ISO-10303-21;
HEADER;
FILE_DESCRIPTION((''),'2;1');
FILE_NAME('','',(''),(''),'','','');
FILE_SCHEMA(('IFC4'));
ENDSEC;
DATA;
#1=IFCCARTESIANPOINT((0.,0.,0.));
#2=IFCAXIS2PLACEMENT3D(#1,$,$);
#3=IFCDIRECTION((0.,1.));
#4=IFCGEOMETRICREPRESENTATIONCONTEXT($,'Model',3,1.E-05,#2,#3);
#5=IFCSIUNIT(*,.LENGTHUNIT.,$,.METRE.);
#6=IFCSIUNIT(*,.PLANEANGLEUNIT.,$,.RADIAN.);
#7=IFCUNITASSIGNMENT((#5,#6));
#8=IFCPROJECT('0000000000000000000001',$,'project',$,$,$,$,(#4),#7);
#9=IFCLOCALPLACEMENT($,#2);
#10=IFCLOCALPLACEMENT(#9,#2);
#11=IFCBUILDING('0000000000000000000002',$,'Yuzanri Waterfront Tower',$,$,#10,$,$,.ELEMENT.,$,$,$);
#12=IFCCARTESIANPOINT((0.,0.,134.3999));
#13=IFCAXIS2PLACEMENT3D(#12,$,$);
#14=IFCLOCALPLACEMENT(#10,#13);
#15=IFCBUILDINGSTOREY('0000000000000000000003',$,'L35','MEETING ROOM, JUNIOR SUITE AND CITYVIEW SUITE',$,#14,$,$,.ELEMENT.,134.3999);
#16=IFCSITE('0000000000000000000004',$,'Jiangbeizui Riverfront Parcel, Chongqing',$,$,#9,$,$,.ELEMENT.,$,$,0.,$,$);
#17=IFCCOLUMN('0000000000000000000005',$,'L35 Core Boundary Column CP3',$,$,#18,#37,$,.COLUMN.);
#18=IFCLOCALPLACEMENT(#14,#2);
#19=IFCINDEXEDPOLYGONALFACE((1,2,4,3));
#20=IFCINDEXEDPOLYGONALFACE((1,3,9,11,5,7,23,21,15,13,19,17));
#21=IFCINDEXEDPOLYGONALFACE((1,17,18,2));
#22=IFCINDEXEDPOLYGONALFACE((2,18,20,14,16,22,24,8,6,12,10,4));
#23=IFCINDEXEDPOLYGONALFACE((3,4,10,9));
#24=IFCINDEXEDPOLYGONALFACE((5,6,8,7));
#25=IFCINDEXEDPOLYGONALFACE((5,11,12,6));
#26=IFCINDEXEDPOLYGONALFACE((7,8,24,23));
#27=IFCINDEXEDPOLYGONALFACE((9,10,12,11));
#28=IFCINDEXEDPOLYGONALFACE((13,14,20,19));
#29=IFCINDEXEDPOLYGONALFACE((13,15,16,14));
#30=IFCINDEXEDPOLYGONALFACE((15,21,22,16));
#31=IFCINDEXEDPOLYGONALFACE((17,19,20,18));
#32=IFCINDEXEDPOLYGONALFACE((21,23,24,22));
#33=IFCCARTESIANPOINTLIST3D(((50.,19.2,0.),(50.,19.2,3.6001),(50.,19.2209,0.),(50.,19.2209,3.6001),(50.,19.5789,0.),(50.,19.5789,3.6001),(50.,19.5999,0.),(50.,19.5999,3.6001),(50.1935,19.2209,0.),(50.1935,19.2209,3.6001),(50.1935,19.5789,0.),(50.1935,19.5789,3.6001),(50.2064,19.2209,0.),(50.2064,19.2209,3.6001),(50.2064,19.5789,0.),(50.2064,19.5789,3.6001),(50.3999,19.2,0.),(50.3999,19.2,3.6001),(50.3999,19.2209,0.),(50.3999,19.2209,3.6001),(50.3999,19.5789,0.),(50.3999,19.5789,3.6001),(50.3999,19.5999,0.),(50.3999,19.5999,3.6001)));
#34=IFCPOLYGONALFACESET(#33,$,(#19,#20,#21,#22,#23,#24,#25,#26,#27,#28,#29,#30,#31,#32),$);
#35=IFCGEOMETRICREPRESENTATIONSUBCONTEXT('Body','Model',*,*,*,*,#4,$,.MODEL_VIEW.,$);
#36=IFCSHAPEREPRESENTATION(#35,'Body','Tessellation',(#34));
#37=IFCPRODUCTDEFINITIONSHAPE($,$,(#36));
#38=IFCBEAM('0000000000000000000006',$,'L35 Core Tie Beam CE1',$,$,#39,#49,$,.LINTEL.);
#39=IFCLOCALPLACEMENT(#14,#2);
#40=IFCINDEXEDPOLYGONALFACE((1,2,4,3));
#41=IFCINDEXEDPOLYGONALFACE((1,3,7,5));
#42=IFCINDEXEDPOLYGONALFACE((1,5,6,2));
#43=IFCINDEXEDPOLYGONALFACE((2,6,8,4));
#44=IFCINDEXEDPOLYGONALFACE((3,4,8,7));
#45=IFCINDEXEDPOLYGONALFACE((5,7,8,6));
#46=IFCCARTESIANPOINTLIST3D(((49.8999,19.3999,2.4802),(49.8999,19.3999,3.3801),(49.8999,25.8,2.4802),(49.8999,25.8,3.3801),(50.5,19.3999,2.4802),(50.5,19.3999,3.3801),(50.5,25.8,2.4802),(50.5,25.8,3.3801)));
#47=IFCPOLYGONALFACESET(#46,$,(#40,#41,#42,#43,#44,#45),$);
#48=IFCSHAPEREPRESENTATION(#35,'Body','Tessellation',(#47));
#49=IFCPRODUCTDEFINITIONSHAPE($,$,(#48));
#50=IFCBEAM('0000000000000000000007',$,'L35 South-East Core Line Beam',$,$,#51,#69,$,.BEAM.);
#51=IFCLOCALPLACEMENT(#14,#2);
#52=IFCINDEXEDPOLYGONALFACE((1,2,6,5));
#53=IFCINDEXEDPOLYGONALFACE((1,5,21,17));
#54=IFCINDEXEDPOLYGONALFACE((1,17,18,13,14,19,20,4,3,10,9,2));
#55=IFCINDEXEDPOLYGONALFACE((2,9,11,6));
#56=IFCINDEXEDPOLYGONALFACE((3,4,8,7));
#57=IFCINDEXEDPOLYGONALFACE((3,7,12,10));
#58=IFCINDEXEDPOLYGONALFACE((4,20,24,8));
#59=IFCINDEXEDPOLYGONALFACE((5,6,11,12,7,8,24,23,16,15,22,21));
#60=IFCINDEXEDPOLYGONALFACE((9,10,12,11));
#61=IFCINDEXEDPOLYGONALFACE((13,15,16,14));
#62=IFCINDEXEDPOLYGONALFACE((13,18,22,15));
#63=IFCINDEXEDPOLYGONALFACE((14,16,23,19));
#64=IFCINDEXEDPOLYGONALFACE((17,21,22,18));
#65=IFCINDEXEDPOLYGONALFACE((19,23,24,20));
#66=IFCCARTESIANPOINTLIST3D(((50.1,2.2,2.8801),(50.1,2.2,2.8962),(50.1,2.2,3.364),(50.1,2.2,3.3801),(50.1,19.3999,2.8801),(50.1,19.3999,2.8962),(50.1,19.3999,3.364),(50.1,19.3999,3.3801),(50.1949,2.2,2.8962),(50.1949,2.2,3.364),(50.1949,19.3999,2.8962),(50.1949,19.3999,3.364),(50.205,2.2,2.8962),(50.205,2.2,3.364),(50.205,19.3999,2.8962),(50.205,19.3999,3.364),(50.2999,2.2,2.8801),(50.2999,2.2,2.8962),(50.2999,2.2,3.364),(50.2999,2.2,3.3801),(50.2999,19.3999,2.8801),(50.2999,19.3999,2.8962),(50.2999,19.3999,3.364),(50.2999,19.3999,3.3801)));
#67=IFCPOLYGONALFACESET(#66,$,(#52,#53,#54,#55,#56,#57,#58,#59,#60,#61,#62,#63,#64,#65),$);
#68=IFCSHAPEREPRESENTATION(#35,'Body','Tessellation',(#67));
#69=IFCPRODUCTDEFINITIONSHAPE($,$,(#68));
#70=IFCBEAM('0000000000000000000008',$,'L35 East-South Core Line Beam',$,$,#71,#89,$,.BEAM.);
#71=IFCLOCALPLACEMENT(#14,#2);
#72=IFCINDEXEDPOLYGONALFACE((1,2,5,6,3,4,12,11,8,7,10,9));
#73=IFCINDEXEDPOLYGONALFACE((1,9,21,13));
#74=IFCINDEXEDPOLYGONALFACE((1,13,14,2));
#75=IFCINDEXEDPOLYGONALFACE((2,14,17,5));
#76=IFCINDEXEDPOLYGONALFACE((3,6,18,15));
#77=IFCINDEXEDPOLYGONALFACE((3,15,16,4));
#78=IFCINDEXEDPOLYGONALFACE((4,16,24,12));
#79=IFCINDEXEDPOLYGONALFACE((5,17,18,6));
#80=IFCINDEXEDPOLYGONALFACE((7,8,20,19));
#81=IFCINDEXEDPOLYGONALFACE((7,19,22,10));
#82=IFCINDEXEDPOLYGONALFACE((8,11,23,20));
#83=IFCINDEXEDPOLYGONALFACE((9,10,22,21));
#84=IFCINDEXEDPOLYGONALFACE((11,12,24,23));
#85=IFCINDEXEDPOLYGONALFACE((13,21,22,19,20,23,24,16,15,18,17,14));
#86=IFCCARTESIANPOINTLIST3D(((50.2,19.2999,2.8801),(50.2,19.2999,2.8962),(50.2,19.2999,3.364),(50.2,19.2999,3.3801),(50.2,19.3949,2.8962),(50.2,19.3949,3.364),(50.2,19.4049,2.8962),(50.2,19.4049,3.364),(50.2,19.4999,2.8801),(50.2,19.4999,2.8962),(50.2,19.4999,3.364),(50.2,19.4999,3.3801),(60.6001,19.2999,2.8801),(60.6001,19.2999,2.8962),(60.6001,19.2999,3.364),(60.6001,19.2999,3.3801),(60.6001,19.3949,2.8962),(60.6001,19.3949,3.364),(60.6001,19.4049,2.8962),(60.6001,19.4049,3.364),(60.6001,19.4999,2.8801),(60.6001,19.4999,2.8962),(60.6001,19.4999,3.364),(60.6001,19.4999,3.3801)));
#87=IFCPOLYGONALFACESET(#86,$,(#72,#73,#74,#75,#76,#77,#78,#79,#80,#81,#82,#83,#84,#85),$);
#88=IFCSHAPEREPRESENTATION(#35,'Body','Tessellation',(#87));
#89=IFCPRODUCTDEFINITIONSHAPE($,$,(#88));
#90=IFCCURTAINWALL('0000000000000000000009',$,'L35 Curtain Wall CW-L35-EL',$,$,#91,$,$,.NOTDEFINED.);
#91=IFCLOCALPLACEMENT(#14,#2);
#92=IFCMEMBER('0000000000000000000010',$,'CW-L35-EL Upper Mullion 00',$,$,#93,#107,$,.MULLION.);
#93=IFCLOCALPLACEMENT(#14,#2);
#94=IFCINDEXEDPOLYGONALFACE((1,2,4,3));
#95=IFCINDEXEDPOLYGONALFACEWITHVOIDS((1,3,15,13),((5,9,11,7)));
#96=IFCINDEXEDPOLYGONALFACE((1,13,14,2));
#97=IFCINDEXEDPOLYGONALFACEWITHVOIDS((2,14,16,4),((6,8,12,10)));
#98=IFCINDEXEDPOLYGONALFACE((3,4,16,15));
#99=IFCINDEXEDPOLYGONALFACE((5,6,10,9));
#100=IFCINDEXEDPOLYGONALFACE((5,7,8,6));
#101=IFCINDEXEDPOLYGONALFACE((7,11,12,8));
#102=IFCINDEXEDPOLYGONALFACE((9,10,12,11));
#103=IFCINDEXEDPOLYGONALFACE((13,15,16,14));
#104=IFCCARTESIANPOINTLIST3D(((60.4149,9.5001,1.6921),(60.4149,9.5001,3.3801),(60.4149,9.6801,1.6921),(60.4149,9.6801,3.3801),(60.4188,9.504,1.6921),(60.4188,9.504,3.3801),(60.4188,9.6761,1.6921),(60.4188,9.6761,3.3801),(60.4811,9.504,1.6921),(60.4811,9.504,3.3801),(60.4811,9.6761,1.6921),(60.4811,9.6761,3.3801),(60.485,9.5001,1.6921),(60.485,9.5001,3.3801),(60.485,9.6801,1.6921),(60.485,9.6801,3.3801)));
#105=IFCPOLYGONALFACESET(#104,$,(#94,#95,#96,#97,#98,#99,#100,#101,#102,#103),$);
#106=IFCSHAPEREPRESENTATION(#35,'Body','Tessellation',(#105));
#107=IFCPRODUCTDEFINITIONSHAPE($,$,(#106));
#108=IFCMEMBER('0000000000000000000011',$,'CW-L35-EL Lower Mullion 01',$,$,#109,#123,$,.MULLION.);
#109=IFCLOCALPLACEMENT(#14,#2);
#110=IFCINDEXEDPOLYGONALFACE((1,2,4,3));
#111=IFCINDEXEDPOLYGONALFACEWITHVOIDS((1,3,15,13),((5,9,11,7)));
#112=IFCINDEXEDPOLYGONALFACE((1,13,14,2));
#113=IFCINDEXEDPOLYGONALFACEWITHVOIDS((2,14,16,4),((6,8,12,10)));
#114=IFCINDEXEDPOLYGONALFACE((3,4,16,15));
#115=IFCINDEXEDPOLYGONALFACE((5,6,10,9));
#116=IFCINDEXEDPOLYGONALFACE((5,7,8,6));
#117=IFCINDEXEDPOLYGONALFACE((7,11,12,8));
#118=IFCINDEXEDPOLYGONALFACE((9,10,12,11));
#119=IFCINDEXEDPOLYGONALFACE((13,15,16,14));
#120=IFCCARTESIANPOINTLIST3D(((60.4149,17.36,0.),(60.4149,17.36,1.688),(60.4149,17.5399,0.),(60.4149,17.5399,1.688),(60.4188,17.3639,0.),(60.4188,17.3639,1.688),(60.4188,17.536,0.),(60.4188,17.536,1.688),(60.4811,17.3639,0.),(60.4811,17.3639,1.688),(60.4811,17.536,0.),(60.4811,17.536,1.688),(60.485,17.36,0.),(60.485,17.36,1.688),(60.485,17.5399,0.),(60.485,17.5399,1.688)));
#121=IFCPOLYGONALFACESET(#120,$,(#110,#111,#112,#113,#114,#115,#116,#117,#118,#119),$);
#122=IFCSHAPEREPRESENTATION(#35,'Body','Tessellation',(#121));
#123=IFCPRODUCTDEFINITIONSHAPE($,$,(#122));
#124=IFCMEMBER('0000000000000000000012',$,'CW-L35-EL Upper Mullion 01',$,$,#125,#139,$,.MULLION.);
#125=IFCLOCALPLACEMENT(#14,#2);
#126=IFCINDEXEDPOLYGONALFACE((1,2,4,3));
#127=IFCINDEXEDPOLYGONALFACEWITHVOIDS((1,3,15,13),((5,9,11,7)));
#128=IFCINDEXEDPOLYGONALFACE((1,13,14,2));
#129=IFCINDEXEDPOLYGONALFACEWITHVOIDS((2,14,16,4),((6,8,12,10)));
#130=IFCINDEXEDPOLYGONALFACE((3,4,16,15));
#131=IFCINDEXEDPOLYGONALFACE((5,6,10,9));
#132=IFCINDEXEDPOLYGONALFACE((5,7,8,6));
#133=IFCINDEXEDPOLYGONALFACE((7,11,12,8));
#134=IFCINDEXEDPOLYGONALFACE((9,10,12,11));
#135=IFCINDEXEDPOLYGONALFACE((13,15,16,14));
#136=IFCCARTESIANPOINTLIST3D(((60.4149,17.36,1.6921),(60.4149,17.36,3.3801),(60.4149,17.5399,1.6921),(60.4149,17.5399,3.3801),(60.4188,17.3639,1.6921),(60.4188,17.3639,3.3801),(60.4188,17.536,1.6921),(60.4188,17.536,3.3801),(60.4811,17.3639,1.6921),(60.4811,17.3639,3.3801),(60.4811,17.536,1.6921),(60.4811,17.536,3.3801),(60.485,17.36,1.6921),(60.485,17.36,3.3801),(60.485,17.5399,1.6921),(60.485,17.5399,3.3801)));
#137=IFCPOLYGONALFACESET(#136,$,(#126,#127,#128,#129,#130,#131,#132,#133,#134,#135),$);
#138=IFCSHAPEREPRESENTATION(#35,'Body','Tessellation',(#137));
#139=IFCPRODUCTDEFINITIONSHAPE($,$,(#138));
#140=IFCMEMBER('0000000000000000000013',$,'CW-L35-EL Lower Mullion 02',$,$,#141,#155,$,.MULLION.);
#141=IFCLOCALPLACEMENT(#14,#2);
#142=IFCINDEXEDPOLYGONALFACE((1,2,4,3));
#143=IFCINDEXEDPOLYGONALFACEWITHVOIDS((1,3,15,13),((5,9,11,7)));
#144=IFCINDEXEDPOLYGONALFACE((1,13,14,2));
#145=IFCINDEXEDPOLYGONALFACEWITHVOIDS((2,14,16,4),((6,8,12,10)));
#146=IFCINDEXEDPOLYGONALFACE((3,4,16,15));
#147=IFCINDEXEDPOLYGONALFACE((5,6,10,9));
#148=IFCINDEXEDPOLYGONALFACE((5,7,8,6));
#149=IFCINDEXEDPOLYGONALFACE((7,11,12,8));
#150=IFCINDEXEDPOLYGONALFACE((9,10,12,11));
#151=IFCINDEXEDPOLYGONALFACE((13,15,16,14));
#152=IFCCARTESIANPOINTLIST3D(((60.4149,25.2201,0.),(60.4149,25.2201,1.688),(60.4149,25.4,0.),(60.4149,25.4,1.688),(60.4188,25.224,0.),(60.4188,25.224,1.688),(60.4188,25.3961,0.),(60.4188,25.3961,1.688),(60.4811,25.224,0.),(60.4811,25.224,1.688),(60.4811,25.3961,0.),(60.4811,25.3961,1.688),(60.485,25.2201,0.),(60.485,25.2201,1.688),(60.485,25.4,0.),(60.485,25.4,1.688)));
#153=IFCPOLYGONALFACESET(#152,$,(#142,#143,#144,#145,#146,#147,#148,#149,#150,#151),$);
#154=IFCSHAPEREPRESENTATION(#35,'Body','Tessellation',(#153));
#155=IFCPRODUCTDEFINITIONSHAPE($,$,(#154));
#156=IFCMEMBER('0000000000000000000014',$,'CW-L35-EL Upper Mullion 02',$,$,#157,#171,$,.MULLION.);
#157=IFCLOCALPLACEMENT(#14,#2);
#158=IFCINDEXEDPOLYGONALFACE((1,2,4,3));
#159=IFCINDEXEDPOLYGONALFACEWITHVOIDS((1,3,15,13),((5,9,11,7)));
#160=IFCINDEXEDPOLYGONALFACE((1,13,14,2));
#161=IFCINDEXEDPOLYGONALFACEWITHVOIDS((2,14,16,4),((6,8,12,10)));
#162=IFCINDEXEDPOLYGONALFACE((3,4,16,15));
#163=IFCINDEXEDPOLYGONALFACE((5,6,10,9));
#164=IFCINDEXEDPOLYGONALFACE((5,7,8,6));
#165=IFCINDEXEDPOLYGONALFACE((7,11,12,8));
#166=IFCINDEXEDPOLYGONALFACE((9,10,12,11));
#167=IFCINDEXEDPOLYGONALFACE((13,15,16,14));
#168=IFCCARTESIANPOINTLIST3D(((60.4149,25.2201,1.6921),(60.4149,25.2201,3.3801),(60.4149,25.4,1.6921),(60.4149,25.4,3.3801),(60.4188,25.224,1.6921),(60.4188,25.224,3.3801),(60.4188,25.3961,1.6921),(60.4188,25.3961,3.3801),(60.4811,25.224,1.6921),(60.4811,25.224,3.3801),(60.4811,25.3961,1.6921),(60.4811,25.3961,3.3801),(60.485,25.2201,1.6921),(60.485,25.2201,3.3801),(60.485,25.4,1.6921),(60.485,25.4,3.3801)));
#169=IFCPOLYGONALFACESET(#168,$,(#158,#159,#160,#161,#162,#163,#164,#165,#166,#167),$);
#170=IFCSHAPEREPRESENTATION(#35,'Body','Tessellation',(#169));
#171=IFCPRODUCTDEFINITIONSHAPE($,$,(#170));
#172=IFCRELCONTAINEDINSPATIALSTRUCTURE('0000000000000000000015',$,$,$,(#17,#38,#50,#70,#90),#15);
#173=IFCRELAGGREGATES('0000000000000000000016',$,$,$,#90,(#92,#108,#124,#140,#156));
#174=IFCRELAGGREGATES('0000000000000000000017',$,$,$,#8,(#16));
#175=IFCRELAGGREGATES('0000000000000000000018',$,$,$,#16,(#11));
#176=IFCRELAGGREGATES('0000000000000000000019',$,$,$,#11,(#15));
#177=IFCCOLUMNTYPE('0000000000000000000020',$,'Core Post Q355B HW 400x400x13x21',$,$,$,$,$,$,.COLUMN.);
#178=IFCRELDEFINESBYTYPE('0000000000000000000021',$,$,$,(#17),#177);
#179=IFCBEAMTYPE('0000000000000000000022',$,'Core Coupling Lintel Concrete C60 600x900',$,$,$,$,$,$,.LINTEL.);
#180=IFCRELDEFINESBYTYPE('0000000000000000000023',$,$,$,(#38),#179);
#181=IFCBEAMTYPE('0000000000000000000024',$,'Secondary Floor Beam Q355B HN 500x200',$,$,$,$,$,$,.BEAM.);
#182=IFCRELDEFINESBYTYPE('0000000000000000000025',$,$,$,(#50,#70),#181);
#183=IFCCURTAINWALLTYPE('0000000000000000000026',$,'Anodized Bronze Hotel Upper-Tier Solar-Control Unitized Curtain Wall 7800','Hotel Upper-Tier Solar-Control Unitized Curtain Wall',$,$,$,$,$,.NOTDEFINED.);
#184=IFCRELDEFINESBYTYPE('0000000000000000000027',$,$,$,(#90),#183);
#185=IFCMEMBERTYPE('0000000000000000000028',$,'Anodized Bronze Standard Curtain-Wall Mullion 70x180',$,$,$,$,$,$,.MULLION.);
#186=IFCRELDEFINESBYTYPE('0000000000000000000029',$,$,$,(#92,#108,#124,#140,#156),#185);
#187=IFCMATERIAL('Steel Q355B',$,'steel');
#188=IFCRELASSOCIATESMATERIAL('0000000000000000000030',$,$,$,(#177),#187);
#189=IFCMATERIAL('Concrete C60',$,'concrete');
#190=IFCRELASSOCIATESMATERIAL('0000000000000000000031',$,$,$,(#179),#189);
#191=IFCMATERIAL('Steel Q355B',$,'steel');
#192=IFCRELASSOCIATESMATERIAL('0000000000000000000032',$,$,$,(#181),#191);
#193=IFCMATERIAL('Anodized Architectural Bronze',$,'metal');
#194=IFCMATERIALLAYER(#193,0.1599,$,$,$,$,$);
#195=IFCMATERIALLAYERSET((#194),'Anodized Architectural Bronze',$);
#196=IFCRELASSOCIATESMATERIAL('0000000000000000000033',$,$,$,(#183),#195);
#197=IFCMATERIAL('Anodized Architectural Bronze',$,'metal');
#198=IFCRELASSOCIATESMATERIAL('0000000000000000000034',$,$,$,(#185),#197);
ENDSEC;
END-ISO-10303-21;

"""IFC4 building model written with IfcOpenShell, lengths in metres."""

from ifc_helpers import new_model, si_unit, direction, frame, origin, origin_2d, place, context, subcontext, project, spatial, rectangle, hollow_rectangle, i_section, extrude, source, transform, mapped, material, layer, layer_set, material_profile, profile_set, type_object, element, aggregate, save


model = new_model("IFC4")

# Units and contexts
model_context = context("Model", 3, precision=1e-05, world=origin(), true_north=direction((0.0, 1.0)))
body_context = subcontext(model_context, "Body", "Model", "MODEL_VIEW")
ifc_project = project(units=[si_unit("LENGTHUNIT", "METRE"), si_unit("PLANEANGLEUNIT", "RADIAN")], contexts=[model_context])

# Site, building, storey
site_placement = place(None, origin())
site = spatial("IfcSite", under=ifc_project, at=site_placement, Name="Jiangbeizui Riverfront Parcel, Chongqing", CompositionType="ELEMENT", RefElevation=0.0)
building_placement = place(site_placement, origin())
building = spatial("IfcBuilding", under=site, at=building_placement, Name="Yuzanri Waterfront Tower", CompositionType="ELEMENT")
storey_placement = place(building_placement, frame((0.0, 0.0, 134.3999)))
storey = spatial("IfcBuildingStorey", under=building, at=storey_placement, Name="L35", Description="MEETING ROOM, JUNIOR SUITE AND CITYVIEW SUITE", CompositionType="ELEMENT", Elevation=134.3999)

# Column
ifc_material_1 = material(Name="Steel Q355B", Category="steel")
ifc_material_profile_1 = material_profile(ifc_material_1, i_section(OverallWidth=0.3999, OverallDepth=0.3999, WebThickness=0.0129, FlangeThickness=0.021, at=origin_2d()), Name="HW 400x400x13x21")
ifc_profile_set_1 = profile_set([ifc_material_profile_1], Name="Steel Q355B")
column_type = type_object("IfcColumnType", Name="Core Post Q355B HW 400x400x13x21", PredefinedType="COLUMN", material=ifc_profile_set_1)
shared_shape_1 = source(origin(), body_context, "Body", "SweptSolid", [
    extrude(i_section(OverallWidth=0.3999, OverallDepth=0.3999, WebThickness=0.0129, FlangeThickness=0.021, at=origin_2d()), origin(), (0.0, 0.0, 1.0), 3.6001),
])
column_placement = place(storey_placement, frame((50.2, 19.3999, 0.0), z_axis=(0.0, 0.0, 1.0), x_axis=(1.0, 0.0, 0.0)))
element("IfcColumn", 1, at=column_placement, inside=storey, type_object=column_type, Name="L35 Core Boundary Column CP3", PredefinedType="COLUMN", context=body_context, shape_type="MappedRepresentation", body=[
    mapped(shared_shape_1, transform((0.0, 0.0, 0.0), scale=1.0)),
])

# Beams
ifc_material_2 = material(Name="Concrete C60", Category="concrete")
ifc_material_profile_2 = material_profile(ifc_material_2, rectangle(XDim=0.6001, YDim=0.8999, at=origin_2d()), Name="RC 600x900")
ifc_profile_set_2 = profile_set([ifc_material_profile_2], Name="Concrete C60")
beam_type_1 = type_object("IfcBeamType", Name="Core Coupling Lintel Concrete C60 600x900", PredefinedType="LINTEL", material=ifc_profile_set_2)
shared_shape_2 = source(origin(), body_context, "Body", "SweptSolid", [
    extrude(rectangle(XDim=0.6001, YDim=0.8999, at=origin_2d()), origin(), (0.0, 0.0, 1.0), 6.4001),
])
beam_1_placement = place(storey_placement, frame((50.2, 19.3999, 2.9302), z_axis=(0.0, 1.0, 0.0), x_axis=(-1.0, 0.0, 0.0)))
element("IfcBeam", 2, at=beam_1_placement, inside=storey, type_object=beam_type_1, Name="L35 Core Tie Beam CE1", PredefinedType="LINTEL", context=body_context, shape_type="MappedRepresentation", body=[
    mapped(shared_shape_2, transform((0.0, 0.0, 0.0), scale=1.0)),
])
ifc_material_3 = material(Name="Steel Q355B", Category="steel")
ifc_material_profile_3 = material_profile(ifc_material_3, i_section(OverallWidth=0.2, OverallDepth=0.5, WebThickness=0.01, FlangeThickness=0.0161, at=origin_2d()), Name="HN 500x200x10x16")
ifc_profile_set_3 = profile_set([ifc_material_profile_3], Name="Steel Q355B")
beam_type_2 = type_object("IfcBeamType", Name="Secondary Floor Beam Q355B HN 500x200", PredefinedType="BEAM", material=ifc_profile_set_3)
shared_shape_3 = source(origin(), body_context, "Body", "SweptSolid", [
    extrude(i_section(OverallWidth=0.2, OverallDepth=0.5, WebThickness=0.01, FlangeThickness=0.0161, at=origin_2d()), origin(), (0.0, 0.0, 1.0), 17.2),
])
beam_2_placement = place(storey_placement, frame((50.2, 19.3999, 3.1301), z_axis=(0.0, -1.0, 0.0), x_axis=(1.0, 0.0, 0.0)))
element("IfcBeam", 3, at=beam_2_placement, inside=storey, type_object=beam_type_2, Name="L35 South-East Core Line Beam", PredefinedType="BEAM", context=body_context, shape_type="MappedRepresentation", body=[
    mapped(shared_shape_3, transform((0.0, 0.0, 0.0), scale=1.0)),
])
shared_shape_4 = source(origin(), body_context, "Body", "SweptSolid", [
    extrude(i_section(OverallWidth=0.2, OverallDepth=0.5, WebThickness=0.01, FlangeThickness=0.0161, at=origin_2d()), origin(), (0.0, 0.0, 1.0), 10.4001),
])
beam_3_placement = place(storey_placement, frame((50.2, 19.3999, 3.1301), z_axis=(1.0, 0.0, 0.0), x_axis=(0.0, 1.0, 0.0)))
element("IfcBeam", 4, at=beam_3_placement, inside=storey, type_object=beam_type_2, Name="L35 East-South Core Line Beam", PredefinedType="BEAM", context=body_context, shape_type="MappedRepresentation", body=[
    mapped(shared_shape_4, transform((0.0, 0.0, 0.0), scale=1.0)),
])

# Curtain wall, members
ifc_material_4 = material(Name="Anodized Architectural Bronze", Category="metal")
ifc_layer_1 = layer(ifc_material_4, 0.1599)
ifc_layer_set_1 = layer_set([ifc_layer_1], Name="Anodized Architectural Bronze")
curtain_wall_type = type_object("IfcCurtainWallType", Name="Anodized Bronze Hotel Upper-Tier Solar-Control Unitized Curtain Wall 7800", Description="Hotel Upper-Tier Solar-Control Unitized Curtain Wall", PredefinedType="NOTDEFINED", material=ifc_layer_set_1)
curtain_wall_placement = place(storey_placement, origin())
curtain_wall = element("IfcCurtainWall", 5, at=curtain_wall_placement, inside=storey, type_object=curtain_wall_type, Name="L35 Curtain Wall CW-L35-EL", PredefinedType="NOTDEFINED")
ifc_material_5 = material(Name="Anodized Architectural Bronze", Category="metal")
ifc_material_profile_4 = material_profile(ifc_material_5, hollow_rectangle(XDim=0.0701, YDim=0.1799, WallThickness=0.0039, at=origin_2d()), Name="CWM 70x180")
ifc_profile_set_4 = profile_set([ifc_material_profile_4], Name="Anodized Architectural Bronze")
member_type = type_object("IfcMemberType", Name="Anodized Bronze Standard Curtain-Wall Mullion 70x180", PredefinedType="MULLION", material=ifc_profile_set_4)
shared_shape_5 = source(origin(), body_context, "Body", "SweptSolid", [
    extrude(hollow_rectangle(XDim=0.0701, YDim=0.1799, WallThickness=0.0039, at=origin_2d()), origin(), (0.0, 0.0, 1.0), 1.688),
])
member_1_placement = place(storey_placement, frame((60.45, 9.5901, 1.6921), z_axis=(0.0, 0.0, 1.0), x_axis=(1.0, 0.0, 0.0)))
member_1 = element("IfcMember", 6, at=member_1_placement, type_object=member_type, Name="CW-L35-EL Upper Mullion 00", PredefinedType="MULLION", context=body_context, shape_type="MappedRepresentation", body=[
    mapped(shared_shape_5, transform((0.0, 0.0, 0.0), scale=1.0)),
])
member_2_placement = place(storey_placement, frame((60.45, 17.45, 0.0), z_axis=(0.0, 0.0, 1.0), x_axis=(1.0, 0.0, 0.0)))
member_2 = element("IfcMember", 7, at=member_2_placement, type_object=member_type, Name="CW-L35-EL Lower Mullion 01", PredefinedType="MULLION", context=body_context, shape_type="MappedRepresentation", body=[
    mapped(shared_shape_5, transform((0.0, 0.0, 0.0), scale=1.0)),
])
member_3_placement = place(storey_placement, frame((60.45, 17.45, 1.6921), z_axis=(0.0, 0.0, 1.0), x_axis=(1.0, 0.0, 0.0)))
member_3 = element("IfcMember", 8, at=member_3_placement, type_object=member_type, Name="CW-L35-EL Upper Mullion 01", PredefinedType="MULLION", context=body_context, shape_type="MappedRepresentation", body=[
    mapped(shared_shape_5, transform((0.0, 0.0, 0.0), scale=1.0)),
])
member_4_placement = place(storey_placement, frame((60.45, 25.3101, 0.0), z_axis=(0.0, 0.0, 1.0), x_axis=(1.0, 0.0, 0.0)))
member_4 = element("IfcMember", 9, at=member_4_placement, type_object=member_type, Name="CW-L35-EL Lower Mullion 02", PredefinedType="MULLION", context=body_context, shape_type="MappedRepresentation", body=[
    mapped(shared_shape_5, transform((0.0, 0.0, 0.0), scale=1.0)),
])
member_5_placement = place(storey_placement, frame((60.45, 25.3101, 1.6921), z_axis=(0.0, 0.0, 1.0), x_axis=(1.0, 0.0, 0.0)))
member_5 = element("IfcMember", 10, at=member_5_placement, type_object=member_type, Name="CW-L35-EL Upper Mullion 02", PredefinedType="MULLION", context=body_context, shape_type="MappedRepresentation", body=[
    mapped(shared_shape_5, transform((0.0, 0.0, 0.0), scale=1.0)),
])
aggregate(curtain_wall, [member_1, member_2, member_3, member_4, member_5])

save(model, "model.ifc")
